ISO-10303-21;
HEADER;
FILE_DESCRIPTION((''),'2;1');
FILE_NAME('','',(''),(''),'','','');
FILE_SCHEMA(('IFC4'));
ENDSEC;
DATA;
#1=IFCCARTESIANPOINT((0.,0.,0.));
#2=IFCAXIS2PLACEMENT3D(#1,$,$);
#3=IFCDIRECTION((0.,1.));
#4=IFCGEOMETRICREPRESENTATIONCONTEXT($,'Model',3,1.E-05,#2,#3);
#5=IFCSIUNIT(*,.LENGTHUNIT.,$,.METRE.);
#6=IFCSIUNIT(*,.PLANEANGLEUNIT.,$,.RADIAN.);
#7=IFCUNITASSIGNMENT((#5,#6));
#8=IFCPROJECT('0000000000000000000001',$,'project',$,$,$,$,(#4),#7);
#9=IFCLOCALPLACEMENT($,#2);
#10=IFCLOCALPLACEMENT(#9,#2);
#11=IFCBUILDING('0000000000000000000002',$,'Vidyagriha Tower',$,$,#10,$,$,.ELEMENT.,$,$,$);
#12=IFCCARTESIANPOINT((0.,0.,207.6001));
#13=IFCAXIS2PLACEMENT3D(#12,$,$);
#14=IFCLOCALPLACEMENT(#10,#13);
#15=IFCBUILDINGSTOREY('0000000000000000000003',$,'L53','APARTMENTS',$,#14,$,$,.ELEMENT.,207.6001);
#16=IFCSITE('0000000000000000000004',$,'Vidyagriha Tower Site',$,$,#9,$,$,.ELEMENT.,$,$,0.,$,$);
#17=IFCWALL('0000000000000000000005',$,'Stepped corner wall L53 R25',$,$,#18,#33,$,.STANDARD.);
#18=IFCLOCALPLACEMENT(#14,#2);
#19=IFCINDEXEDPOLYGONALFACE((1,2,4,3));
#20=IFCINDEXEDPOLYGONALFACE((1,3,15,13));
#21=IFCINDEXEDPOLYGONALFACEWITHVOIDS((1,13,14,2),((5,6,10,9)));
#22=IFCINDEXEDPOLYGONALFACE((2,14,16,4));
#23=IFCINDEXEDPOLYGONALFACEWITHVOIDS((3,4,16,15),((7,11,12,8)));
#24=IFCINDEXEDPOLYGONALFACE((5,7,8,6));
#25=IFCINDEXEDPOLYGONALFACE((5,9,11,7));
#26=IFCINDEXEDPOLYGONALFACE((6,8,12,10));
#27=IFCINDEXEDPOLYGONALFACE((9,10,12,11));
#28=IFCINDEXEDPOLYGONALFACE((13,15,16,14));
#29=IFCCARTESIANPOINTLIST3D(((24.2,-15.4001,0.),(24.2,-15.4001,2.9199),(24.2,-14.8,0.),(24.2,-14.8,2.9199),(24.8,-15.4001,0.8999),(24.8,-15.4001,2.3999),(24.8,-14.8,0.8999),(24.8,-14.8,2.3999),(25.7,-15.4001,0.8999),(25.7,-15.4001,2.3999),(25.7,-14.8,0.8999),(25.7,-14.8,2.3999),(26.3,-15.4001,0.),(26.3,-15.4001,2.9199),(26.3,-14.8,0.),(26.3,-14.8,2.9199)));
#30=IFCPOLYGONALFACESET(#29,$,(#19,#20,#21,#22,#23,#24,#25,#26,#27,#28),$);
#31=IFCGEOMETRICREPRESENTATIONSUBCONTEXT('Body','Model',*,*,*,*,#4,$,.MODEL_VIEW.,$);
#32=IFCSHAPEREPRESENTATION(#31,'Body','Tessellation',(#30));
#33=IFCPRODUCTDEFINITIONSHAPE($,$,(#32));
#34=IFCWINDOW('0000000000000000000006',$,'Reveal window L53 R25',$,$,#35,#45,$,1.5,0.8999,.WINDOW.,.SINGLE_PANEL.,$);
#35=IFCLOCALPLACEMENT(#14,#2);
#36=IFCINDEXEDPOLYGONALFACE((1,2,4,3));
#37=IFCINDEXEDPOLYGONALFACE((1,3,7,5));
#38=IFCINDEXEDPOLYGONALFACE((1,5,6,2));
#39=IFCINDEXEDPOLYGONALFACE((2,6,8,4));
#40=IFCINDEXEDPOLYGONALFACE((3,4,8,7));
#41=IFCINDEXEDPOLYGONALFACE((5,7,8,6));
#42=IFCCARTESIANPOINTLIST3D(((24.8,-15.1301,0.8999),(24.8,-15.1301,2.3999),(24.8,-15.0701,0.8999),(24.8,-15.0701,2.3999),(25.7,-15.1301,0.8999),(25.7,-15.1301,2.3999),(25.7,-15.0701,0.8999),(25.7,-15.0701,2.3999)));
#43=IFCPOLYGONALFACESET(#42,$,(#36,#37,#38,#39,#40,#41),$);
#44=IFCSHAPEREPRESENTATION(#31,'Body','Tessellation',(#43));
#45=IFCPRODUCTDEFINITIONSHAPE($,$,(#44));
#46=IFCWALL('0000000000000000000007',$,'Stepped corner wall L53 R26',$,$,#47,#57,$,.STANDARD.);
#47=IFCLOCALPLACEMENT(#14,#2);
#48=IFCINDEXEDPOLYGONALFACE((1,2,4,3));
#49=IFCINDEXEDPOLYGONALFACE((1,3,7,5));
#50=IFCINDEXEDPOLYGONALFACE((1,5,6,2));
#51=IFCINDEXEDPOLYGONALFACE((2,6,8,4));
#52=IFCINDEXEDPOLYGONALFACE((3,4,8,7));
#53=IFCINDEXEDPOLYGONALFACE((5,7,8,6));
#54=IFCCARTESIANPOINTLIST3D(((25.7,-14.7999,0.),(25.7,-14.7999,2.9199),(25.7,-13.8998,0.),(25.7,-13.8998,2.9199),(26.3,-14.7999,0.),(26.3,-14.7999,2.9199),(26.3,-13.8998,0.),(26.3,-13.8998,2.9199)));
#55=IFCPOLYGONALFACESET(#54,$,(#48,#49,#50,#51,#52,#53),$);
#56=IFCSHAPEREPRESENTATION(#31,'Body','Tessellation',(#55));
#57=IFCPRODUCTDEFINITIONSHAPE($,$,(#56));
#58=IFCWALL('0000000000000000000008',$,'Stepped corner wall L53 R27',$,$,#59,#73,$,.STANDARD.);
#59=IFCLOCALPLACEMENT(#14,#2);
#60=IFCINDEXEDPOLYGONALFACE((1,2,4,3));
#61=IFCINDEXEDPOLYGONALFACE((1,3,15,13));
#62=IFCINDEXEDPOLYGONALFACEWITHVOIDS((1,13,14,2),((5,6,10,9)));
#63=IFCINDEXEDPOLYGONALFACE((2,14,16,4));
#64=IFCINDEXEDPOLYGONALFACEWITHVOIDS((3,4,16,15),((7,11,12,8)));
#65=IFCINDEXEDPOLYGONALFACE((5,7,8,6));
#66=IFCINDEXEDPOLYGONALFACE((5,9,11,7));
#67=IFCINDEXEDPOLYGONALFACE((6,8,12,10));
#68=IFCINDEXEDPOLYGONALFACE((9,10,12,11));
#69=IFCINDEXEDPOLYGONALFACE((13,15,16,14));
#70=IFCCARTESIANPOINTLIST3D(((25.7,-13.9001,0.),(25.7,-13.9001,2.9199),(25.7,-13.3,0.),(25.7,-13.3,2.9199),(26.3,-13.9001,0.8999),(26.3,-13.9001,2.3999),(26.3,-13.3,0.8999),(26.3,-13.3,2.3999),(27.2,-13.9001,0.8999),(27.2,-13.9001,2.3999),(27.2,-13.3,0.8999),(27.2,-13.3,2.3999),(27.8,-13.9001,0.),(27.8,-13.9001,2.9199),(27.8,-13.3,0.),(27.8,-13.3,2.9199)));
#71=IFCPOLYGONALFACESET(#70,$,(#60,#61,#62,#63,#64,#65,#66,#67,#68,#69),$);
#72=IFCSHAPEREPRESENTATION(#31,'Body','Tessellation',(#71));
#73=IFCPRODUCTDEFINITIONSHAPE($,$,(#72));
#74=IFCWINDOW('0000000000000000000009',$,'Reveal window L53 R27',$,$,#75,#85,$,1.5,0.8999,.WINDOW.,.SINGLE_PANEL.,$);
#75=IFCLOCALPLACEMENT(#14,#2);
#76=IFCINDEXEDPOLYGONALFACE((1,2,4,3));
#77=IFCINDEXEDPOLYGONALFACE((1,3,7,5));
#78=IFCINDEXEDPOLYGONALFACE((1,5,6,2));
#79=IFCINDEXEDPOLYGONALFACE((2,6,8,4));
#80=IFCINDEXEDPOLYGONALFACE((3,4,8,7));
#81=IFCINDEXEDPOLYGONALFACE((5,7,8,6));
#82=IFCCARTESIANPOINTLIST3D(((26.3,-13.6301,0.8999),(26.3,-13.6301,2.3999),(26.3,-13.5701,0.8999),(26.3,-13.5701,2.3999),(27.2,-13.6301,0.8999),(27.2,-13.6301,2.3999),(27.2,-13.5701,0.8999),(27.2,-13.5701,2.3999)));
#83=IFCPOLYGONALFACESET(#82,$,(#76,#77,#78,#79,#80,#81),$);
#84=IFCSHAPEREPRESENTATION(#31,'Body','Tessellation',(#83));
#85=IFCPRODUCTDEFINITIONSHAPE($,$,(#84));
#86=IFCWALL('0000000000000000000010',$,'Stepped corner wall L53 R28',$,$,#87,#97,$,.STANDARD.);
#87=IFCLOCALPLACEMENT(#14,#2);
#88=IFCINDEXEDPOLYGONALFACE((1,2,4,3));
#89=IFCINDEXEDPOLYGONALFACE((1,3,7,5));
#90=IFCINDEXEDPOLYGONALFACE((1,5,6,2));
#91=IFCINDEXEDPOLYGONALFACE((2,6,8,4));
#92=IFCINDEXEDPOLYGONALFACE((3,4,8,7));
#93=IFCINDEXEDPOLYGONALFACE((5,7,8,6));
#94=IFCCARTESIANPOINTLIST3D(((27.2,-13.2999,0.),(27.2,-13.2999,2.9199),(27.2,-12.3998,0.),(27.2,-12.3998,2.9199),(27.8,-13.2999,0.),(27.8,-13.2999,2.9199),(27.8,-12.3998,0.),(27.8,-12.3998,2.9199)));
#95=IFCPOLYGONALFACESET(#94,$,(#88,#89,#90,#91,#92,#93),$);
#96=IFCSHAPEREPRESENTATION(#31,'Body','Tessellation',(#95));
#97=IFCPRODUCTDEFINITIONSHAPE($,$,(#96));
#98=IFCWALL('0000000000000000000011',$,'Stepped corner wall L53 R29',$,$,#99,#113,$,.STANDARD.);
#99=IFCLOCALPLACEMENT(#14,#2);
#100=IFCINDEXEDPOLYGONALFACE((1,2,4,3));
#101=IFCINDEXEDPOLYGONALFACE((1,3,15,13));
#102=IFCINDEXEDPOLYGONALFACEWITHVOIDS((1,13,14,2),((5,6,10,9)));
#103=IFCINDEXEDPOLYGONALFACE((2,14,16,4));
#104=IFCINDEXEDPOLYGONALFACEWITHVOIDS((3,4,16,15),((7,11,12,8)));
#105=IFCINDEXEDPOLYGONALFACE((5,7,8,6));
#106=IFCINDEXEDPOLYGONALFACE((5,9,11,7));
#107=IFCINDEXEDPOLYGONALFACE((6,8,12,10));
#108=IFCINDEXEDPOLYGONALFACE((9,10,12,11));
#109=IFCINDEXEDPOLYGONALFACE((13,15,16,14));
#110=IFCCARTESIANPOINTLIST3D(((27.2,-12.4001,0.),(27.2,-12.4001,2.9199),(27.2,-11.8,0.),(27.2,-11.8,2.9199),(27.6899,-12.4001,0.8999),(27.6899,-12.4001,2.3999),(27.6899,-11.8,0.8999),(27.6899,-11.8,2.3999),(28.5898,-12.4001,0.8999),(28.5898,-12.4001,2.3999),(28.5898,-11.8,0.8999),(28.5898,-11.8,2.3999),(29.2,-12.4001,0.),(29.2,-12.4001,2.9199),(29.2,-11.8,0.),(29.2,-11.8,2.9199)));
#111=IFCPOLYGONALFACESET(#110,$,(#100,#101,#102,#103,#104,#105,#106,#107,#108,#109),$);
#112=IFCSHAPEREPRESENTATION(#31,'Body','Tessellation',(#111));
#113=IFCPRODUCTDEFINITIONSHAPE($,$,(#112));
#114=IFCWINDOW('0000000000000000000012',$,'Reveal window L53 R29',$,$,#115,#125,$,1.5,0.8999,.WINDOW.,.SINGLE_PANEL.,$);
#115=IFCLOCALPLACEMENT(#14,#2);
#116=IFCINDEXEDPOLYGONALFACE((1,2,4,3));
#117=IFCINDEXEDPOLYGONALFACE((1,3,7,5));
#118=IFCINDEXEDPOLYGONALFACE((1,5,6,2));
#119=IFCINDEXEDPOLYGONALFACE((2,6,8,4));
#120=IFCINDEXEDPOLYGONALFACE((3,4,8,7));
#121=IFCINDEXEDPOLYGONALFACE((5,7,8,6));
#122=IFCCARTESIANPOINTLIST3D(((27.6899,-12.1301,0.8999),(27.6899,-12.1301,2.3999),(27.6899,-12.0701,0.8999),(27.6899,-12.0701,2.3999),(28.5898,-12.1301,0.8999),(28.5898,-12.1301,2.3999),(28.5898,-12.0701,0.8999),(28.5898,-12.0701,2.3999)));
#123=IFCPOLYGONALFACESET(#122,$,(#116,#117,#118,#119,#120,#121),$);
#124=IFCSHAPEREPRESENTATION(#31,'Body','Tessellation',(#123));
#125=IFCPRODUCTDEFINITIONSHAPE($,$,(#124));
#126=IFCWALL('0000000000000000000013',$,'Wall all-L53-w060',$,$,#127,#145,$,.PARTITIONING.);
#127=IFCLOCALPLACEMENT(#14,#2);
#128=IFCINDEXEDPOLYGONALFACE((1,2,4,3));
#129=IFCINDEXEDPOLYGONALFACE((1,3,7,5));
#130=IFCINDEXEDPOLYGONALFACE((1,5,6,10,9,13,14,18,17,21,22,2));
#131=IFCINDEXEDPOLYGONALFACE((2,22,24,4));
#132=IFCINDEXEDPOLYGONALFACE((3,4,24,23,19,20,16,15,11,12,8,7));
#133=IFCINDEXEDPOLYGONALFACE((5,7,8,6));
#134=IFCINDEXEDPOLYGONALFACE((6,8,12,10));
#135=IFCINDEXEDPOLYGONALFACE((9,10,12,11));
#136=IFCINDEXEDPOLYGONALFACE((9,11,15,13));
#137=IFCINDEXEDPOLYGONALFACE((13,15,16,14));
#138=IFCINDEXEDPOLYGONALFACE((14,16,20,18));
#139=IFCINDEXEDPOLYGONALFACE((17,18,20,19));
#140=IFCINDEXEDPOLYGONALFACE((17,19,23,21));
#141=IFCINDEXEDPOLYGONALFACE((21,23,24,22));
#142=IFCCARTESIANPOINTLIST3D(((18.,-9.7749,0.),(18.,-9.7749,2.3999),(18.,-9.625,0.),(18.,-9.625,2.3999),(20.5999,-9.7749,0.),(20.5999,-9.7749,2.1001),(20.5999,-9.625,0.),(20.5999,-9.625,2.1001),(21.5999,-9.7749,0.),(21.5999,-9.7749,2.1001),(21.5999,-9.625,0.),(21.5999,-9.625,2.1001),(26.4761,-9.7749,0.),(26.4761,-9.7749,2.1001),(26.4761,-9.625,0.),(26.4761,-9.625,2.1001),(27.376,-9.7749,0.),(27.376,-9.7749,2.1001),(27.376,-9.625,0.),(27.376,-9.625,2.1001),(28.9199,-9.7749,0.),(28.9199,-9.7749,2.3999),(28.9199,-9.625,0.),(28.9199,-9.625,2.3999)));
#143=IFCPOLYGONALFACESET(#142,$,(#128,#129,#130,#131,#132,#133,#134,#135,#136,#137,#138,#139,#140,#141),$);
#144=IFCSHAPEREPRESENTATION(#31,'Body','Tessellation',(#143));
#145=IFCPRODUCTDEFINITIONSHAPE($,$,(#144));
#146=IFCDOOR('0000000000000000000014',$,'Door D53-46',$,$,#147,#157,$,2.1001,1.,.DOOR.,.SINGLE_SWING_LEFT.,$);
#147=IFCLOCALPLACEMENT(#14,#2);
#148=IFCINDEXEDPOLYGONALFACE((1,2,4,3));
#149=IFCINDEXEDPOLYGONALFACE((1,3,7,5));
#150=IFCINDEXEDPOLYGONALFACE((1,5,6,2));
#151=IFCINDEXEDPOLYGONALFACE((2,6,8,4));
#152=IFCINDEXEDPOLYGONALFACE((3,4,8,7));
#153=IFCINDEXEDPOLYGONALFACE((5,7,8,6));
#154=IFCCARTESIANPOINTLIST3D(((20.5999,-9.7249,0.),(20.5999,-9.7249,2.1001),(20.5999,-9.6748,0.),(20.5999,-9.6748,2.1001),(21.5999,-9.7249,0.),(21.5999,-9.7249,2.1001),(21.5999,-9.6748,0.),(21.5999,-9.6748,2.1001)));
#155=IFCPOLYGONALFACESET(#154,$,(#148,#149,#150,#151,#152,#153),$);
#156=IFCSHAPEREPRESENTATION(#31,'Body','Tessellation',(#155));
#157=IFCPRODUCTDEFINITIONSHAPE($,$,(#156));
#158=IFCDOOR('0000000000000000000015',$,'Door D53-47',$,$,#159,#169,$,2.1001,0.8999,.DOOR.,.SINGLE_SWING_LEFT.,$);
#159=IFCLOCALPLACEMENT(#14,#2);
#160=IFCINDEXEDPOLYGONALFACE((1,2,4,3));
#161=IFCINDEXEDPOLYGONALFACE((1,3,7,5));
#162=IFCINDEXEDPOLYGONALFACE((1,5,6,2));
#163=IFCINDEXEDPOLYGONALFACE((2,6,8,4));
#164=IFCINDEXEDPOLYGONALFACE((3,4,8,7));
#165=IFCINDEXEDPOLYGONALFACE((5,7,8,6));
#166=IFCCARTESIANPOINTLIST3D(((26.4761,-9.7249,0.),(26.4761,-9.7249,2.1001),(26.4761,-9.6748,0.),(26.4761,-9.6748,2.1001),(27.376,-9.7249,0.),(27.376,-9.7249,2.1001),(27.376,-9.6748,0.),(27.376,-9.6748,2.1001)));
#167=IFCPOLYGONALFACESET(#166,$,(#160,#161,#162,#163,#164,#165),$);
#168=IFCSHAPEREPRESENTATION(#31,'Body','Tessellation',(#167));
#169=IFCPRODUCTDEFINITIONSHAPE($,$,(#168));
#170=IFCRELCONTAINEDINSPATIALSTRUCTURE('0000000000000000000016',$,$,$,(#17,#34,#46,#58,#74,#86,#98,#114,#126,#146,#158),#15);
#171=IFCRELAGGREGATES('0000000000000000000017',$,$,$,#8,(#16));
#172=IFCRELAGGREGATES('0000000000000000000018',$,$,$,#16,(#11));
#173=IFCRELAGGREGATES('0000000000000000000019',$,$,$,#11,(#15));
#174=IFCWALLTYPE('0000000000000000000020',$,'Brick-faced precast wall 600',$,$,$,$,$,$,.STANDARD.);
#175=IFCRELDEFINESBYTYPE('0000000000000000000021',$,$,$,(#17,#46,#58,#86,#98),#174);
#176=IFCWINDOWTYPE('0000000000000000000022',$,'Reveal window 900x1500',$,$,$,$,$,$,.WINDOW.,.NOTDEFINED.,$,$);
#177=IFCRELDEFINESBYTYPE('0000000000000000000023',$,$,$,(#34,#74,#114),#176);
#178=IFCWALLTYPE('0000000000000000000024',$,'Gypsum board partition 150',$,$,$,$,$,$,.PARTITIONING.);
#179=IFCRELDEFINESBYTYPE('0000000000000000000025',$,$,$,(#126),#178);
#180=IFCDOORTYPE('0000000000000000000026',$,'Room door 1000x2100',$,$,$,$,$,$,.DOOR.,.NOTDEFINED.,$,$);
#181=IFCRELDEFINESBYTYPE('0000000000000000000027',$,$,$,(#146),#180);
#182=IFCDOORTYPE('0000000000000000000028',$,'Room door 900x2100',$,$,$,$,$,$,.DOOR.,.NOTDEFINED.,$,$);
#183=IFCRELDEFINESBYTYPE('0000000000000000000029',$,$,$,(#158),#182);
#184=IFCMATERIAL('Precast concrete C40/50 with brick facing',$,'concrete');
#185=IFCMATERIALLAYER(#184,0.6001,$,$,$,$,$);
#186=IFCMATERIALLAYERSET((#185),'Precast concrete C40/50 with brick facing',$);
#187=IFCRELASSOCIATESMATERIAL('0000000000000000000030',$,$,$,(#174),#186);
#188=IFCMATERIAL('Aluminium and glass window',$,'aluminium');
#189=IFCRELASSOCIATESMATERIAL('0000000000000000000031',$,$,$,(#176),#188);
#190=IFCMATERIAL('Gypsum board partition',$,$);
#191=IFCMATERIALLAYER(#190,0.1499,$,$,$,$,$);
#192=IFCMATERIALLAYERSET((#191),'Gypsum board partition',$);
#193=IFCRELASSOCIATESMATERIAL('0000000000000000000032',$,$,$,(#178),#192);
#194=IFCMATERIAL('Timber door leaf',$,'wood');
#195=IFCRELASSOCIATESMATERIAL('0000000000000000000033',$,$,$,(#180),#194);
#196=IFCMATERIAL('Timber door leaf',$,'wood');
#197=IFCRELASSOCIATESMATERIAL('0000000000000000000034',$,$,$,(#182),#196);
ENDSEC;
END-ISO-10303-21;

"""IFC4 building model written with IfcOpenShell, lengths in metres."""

from ifc_helpers import new_model, si_unit, direction, frame, frame_2d, origin, place, context, subcontext, project, spatial, rectangle, extrude, material, layer, layer_set, type_object, element, fill, save


model = new_model("IFC4")

# Units and contexts
model_context = context("Model", 3, precision=1e-05, world=origin(), true_north=direction((0.0, 1.0)))
body_context = subcontext(model_context, "Body", "Model", "MODEL_VIEW")
ifc_project = project(units=[si_unit("LENGTHUNIT", "METRE"), si_unit("PLANEANGLEUNIT", "RADIAN")], contexts=[model_context])

# Site, building, storey
site_placement = place(None, origin())
site = spatial("IfcSite", under=ifc_project, at=site_placement, Name="Vidyagriha Tower Site", CompositionType="ELEMENT", RefElevation=0.0)
building_placement = place(site_placement, origin())
building = spatial("IfcBuilding", under=site, at=building_placement, Name="Vidyagriha Tower", CompositionType="ELEMENT")
storey_placement = place(building_placement, frame((0.0, 0.0, 207.6001)))
storey = spatial("IfcBuildingStorey", under=building, at=storey_placement, Name="L53", Description="APARTMENTS", CompositionType="ELEMENT", Elevation=207.6001)

# Shared definitions
ifc_material_1 = material(Name="Precast concrete C40/50 with brick facing", Category="concrete")
ifc_layer_1 = layer(ifc_material_1, 0.6001)
ifc_layer_set_1 = layer_set([ifc_layer_1], Name="Precast concrete C40/50 with brick facing")
wall_type_1 = type_object("IfcWallType", Name="Brick-faced precast wall 600", PredefinedType="STANDARD", material=ifc_layer_set_1)

# Wall, opening, window
wall_1_placement = place(storey_placement, frame((24.2, -15.1001, 0.0)))
wall_1 = element("IfcWall", 1, at=wall_1_placement, inside=storey, type_object=wall_type_1, Name="Stepped corner wall L53 R25", PredefinedType="STANDARD", context=body_context, shape_type="SweptSolid", body=[
    extrude(rectangle(XDim=2.1001, YDim=0.6001, at=frame_2d((1.05, 0.0))), origin(), (0.0, 0.0, 1.0), 2.9199),
])
opening_1_placement = place(wall_1_placement, frame((0.6001, 0.0, 0.8999)))
opening_1 = element("IfcOpeningElement", 2, at=opening_1_placement, cuts=wall_1, PredefinedType="OPENING", context=body_context, shape_type="SweptSolid", body=[
    extrude(rectangle(XDim=0.8999, YDim=1.5, at=frame_2d((0.45, 0.75))), frame((0.0, 0.3101, 0.0), z_axis=(0.0, -1.0, 0.0), x_axis=(1.0, 0.0, 0.0)), (0.0, 0.0, 1.0), 0.6201),
])
ifc_material_2 = material(Name="Aluminium and glass window", Category="aluminium")
window_type = type_object("IfcWindowType", Name="Reveal window 900x1500", PartitioningType="NOTDEFINED", PredefinedType="WINDOW", material=ifc_material_2)
window_1_placement = place(opening_1_placement, origin())
window_1 = element("IfcWindow", 3, at=window_1_placement, inside=storey, type_object=window_type, Name="Reveal window L53 R25", OverallHeight=1.5, OverallWidth=0.8999, PartitioningType="SINGLE_PANEL", PredefinedType="WINDOW", context=body_context, shape_type="SweptSolid", body=[
    extrude(rectangle(XDim=0.8999, YDim=1.5, at=frame_2d((0.45, 0.75))), frame((0.0, 0.03, 0.0), z_axis=(0.0, -1.0, 0.0), x_axis=(1.0, 0.0, 0.0)), (0.0, 0.0, 1.0), 0.0601),
])
fill(opening_1, window_1)

# Wall
wall_2_placement = place(storey_placement, frame((26.0, -14.8, 0.0), z_axis=(0.0, 0.0, 1.0), x_axis=(0.0, 1.0, 0.0)))
element("IfcWall", 4, at=wall_2_placement, inside=storey, type_object=wall_type_1, Name="Stepped corner wall L53 R26", PredefinedType="STANDARD", context=body_context, shape_type="SweptSolid", body=[
    extrude(rectangle(XDim=0.9001, YDim=0.6001, at=frame_2d((0.4502, 0.0))), origin(), (0.0, 0.0, 1.0), 2.9199),
])

# Wall, opening, window
wall_3_placement = place(storey_placement, frame((25.7, -13.6001, 0.0)))
wall_3 = element("IfcWall", 5, at=wall_3_placement, inside=storey, type_object=wall_type_1, Name="Stepped corner wall L53 R27", PredefinedType="STANDARD", context=body_context, shape_type="SweptSolid", body=[
    extrude(rectangle(XDim=2.1001, YDim=0.6001, at=frame_2d((1.05, 0.0))), origin(), (0.0, 0.0, 1.0), 2.9199),
])
opening_2_placement = place(wall_3_placement, frame((0.6001, 0.0, 0.8999)))
opening_2 = element("IfcOpeningElement", 6, at=opening_2_placement, cuts=wall_3, PredefinedType="OPENING", context=body_context, shape_type="SweptSolid", body=[
    extrude(rectangle(XDim=0.8999, YDim=1.5, at=frame_2d((0.45, 0.75))), frame((0.0, 0.3101, 0.0), z_axis=(0.0, -1.0, 0.0), x_axis=(1.0, 0.0, 0.0)), (0.0, 0.0, 1.0), 0.6201),
])
window_2_placement = place(opening_2_placement, origin())
window_2 = element("IfcWindow", 7, at=window_2_placement, inside=storey, type_object=window_type, Name="Reveal window L53 R27", OverallHeight=1.5, OverallWidth=0.8999, PartitioningType="SINGLE_PANEL", PredefinedType="WINDOW", context=body_context, shape_type="SweptSolid", body=[
    extrude(rectangle(XDim=0.8999, YDim=1.5, at=frame_2d((0.45, 0.75))), frame((0.0, 0.03, 0.0), z_axis=(0.0, -1.0, 0.0), x_axis=(1.0, 0.0, 0.0)), (0.0, 0.0, 1.0), 0.0601),
])
fill(opening_2, window_2)

# Wall
wall_4_placement = place(storey_placement, frame((27.5, -13.3, 0.0), z_axis=(0.0, 0.0, 1.0), x_axis=(0.0, 1.0, 0.0)))
element("IfcWall", 8, at=wall_4_placement, inside=storey, type_object=wall_type_1, Name="Stepped corner wall L53 R28", PredefinedType="STANDARD", context=body_context, shape_type="SweptSolid", body=[
    extrude(rectangle(XDim=0.9001, YDim=0.6001, at=frame_2d((0.4502, 0.0))), origin(), (0.0, 0.0, 1.0), 2.9199),
])

# Wall, opening, window
wall_5_placement = place(storey_placement, frame((27.2, -12.1001, 0.0)))
wall_5 = element("IfcWall", 9, at=wall_5_placement, inside=storey, type_object=wall_type_1, Name="Stepped corner wall L53 R29", PredefinedType="STANDARD", context=body_context, shape_type="SweptSolid", body=[
    extrude(rectangle(XDim=2.0, YDim=0.6001, at=frame_2d((1.0, 0.0))), origin(), (0.0, 0.0, 1.0), 2.9199),
])
opening_3_placement = place(wall_5_placement, frame((0.49, 0.0, 0.8999)))
opening_3 = element("IfcOpeningElement", 10, at=opening_3_placement, cuts=wall_5, PredefinedType="OPENING", context=body_context, shape_type="SweptSolid", body=[
    extrude(rectangle(XDim=0.8999, YDim=1.5, at=frame_2d((0.45, 0.75))), frame((0.0, 0.3101, 0.0), z_axis=(0.0, -1.0, 0.0), x_axis=(1.0, 0.0, 0.0)), (0.0, 0.0, 1.0), 0.6201),
])
window_3_placement = place(opening_3_placement, origin())
window_3 = element("IfcWindow", 11, at=window_3_placement, inside=storey, type_object=window_type, Name="Reveal window L53 R29", OverallHeight=1.5, OverallWidth=0.8999, PartitioningType="SINGLE_PANEL", PredefinedType="WINDOW", context=body_context, shape_type="SweptSolid", body=[
    extrude(rectangle(XDim=0.8999, YDim=1.5, at=frame_2d((0.45, 0.75))), frame((0.0, 0.03, 0.0), z_axis=(0.0, -1.0, 0.0), x_axis=(1.0, 0.0, 0.0)), (0.0, 0.0, 1.0), 0.0601),
])
fill(opening_3, window_3)

# Wall, openings, doors
ifc_material_3 = material(Name="Gypsum board partition")
ifc_layer_2 = layer(ifc_material_3, 0.1499)
ifc_layer_set_2 = layer_set([ifc_layer_2], Name="Gypsum board partition")
wall_type_2 = type_object("IfcWallType", Name="Gypsum board partition 150", PredefinedType="PARTITIONING", material=ifc_layer_set_2)
wall_6_placement = place(storey_placement, frame((28.9199, -9.7, 0.0), z_axis=(0.0, 0.0, 1.0), x_axis=(-1.0, 0.0, 0.0)))
wall_6 = element("IfcWall", 12, at=wall_6_placement, inside=storey, type_object=wall_type_2, Name="Wall all-L53-w060", PredefinedType="PARTITIONING", context=body_context, shape_type="SweptSolid", body=[
    extrude(rectangle(XDim=10.9199, YDim=0.1499, at=frame_2d((5.46, 0.0))), origin(), (0.0, 0.0, 1.0), 2.3999),
])
opening_4_placement = place(wall_6_placement, frame((7.3201, 0.0, 0.0)))
opening_4 = element("IfcOpeningElement", 13, at=opening_4_placement, cuts=wall_6, PredefinedType="OPENING", context=body_context, shape_type="SweptSolid", body=[
    extrude(rectangle(XDim=1.0, YDim=2.1001, at=frame_2d((0.5, 1.05))), frame((0.0, 0.085, 0.0), z_axis=(0.0, -1.0, 0.0), x_axis=(1.0, 0.0, 0.0)), (0.0, 0.0, 1.0), 0.1699),
])
opening_5_placement = place(wall_6_placement, frame((1.5439, 0.0, 0.0)))
opening_5 = element("IfcOpeningElement", 14, at=opening_5_placement, cuts=wall_6, PredefinedType="OPENING", context=body_context, shape_type="SweptSolid", body=[
    extrude(rectangle(XDim=0.8999, YDim=2.1001, at=frame_2d((0.45, 1.05))), frame((0.0, 0.085, 0.0), z_axis=(0.0, -1.0, 0.0), x_axis=(1.0, 0.0, 0.0)), (0.0, 0.0, 1.0), 0.1699),
])
ifc_material_4 = material(Name="Timber door leaf", Category="wood")
door_type_1 = type_object("IfcDoorType", Name="Room door 1000x2100", OperationType="NOTDEFINED", PredefinedType="DOOR", material=ifc_material_4)
door_1_placement = place(opening_4_placement, origin())
door_1 = element("IfcDoor", 15, at=door_1_placement, inside=storey, type_object=door_type_1, Name="Door D53-46", OperationType="SINGLE_SWING_LEFT", OverallHeight=2.1001, OverallWidth=1.0, PredefinedType="DOOR", context=body_context, shape_type="SweptSolid", body=[
    extrude(rectangle(XDim=1.0, YDim=2.1001, at=frame_2d((0.5, 1.05))), frame((0.0, 0.0249, 0.0), z_axis=(0.0, -1.0, 0.0), x_axis=(1.0, 0.0, 0.0)), (0.0, 0.0, 1.0), 0.05),
])
fill(opening_4, door_1)
ifc_material_5 = material(Name="Timber door leaf", Category="wood")
door_type_2 = type_object("IfcDoorType", Name="Room door 900x2100", OperationType="NOTDEFINED", PredefinedType="DOOR", material=ifc_material_5)
door_2_placement = place(opening_5_placement, origin())
door_2 = element("IfcDoor", 16, at=door_2_placement, inside=storey, type_object=door_type_2, Name="Door D53-47", OperationType="SINGLE_SWING_LEFT", OverallHeight=2.1001, OverallWidth=0.8999, PredefinedType="DOOR", context=body_context, shape_type="SweptSolid", body=[
    extrude(rectangle(XDim=0.8999, YDim=2.1001, at=frame_2d((0.45, 1.05))), frame((0.0, 0.0249, 0.0), z_axis=(0.0, -1.0, 0.0), x_axis=(1.0, 0.0, 0.0)), (0.0, 0.0, 1.0), 0.05),
])
fill(opening_5, door_2)

save(model, "model.ifc")
